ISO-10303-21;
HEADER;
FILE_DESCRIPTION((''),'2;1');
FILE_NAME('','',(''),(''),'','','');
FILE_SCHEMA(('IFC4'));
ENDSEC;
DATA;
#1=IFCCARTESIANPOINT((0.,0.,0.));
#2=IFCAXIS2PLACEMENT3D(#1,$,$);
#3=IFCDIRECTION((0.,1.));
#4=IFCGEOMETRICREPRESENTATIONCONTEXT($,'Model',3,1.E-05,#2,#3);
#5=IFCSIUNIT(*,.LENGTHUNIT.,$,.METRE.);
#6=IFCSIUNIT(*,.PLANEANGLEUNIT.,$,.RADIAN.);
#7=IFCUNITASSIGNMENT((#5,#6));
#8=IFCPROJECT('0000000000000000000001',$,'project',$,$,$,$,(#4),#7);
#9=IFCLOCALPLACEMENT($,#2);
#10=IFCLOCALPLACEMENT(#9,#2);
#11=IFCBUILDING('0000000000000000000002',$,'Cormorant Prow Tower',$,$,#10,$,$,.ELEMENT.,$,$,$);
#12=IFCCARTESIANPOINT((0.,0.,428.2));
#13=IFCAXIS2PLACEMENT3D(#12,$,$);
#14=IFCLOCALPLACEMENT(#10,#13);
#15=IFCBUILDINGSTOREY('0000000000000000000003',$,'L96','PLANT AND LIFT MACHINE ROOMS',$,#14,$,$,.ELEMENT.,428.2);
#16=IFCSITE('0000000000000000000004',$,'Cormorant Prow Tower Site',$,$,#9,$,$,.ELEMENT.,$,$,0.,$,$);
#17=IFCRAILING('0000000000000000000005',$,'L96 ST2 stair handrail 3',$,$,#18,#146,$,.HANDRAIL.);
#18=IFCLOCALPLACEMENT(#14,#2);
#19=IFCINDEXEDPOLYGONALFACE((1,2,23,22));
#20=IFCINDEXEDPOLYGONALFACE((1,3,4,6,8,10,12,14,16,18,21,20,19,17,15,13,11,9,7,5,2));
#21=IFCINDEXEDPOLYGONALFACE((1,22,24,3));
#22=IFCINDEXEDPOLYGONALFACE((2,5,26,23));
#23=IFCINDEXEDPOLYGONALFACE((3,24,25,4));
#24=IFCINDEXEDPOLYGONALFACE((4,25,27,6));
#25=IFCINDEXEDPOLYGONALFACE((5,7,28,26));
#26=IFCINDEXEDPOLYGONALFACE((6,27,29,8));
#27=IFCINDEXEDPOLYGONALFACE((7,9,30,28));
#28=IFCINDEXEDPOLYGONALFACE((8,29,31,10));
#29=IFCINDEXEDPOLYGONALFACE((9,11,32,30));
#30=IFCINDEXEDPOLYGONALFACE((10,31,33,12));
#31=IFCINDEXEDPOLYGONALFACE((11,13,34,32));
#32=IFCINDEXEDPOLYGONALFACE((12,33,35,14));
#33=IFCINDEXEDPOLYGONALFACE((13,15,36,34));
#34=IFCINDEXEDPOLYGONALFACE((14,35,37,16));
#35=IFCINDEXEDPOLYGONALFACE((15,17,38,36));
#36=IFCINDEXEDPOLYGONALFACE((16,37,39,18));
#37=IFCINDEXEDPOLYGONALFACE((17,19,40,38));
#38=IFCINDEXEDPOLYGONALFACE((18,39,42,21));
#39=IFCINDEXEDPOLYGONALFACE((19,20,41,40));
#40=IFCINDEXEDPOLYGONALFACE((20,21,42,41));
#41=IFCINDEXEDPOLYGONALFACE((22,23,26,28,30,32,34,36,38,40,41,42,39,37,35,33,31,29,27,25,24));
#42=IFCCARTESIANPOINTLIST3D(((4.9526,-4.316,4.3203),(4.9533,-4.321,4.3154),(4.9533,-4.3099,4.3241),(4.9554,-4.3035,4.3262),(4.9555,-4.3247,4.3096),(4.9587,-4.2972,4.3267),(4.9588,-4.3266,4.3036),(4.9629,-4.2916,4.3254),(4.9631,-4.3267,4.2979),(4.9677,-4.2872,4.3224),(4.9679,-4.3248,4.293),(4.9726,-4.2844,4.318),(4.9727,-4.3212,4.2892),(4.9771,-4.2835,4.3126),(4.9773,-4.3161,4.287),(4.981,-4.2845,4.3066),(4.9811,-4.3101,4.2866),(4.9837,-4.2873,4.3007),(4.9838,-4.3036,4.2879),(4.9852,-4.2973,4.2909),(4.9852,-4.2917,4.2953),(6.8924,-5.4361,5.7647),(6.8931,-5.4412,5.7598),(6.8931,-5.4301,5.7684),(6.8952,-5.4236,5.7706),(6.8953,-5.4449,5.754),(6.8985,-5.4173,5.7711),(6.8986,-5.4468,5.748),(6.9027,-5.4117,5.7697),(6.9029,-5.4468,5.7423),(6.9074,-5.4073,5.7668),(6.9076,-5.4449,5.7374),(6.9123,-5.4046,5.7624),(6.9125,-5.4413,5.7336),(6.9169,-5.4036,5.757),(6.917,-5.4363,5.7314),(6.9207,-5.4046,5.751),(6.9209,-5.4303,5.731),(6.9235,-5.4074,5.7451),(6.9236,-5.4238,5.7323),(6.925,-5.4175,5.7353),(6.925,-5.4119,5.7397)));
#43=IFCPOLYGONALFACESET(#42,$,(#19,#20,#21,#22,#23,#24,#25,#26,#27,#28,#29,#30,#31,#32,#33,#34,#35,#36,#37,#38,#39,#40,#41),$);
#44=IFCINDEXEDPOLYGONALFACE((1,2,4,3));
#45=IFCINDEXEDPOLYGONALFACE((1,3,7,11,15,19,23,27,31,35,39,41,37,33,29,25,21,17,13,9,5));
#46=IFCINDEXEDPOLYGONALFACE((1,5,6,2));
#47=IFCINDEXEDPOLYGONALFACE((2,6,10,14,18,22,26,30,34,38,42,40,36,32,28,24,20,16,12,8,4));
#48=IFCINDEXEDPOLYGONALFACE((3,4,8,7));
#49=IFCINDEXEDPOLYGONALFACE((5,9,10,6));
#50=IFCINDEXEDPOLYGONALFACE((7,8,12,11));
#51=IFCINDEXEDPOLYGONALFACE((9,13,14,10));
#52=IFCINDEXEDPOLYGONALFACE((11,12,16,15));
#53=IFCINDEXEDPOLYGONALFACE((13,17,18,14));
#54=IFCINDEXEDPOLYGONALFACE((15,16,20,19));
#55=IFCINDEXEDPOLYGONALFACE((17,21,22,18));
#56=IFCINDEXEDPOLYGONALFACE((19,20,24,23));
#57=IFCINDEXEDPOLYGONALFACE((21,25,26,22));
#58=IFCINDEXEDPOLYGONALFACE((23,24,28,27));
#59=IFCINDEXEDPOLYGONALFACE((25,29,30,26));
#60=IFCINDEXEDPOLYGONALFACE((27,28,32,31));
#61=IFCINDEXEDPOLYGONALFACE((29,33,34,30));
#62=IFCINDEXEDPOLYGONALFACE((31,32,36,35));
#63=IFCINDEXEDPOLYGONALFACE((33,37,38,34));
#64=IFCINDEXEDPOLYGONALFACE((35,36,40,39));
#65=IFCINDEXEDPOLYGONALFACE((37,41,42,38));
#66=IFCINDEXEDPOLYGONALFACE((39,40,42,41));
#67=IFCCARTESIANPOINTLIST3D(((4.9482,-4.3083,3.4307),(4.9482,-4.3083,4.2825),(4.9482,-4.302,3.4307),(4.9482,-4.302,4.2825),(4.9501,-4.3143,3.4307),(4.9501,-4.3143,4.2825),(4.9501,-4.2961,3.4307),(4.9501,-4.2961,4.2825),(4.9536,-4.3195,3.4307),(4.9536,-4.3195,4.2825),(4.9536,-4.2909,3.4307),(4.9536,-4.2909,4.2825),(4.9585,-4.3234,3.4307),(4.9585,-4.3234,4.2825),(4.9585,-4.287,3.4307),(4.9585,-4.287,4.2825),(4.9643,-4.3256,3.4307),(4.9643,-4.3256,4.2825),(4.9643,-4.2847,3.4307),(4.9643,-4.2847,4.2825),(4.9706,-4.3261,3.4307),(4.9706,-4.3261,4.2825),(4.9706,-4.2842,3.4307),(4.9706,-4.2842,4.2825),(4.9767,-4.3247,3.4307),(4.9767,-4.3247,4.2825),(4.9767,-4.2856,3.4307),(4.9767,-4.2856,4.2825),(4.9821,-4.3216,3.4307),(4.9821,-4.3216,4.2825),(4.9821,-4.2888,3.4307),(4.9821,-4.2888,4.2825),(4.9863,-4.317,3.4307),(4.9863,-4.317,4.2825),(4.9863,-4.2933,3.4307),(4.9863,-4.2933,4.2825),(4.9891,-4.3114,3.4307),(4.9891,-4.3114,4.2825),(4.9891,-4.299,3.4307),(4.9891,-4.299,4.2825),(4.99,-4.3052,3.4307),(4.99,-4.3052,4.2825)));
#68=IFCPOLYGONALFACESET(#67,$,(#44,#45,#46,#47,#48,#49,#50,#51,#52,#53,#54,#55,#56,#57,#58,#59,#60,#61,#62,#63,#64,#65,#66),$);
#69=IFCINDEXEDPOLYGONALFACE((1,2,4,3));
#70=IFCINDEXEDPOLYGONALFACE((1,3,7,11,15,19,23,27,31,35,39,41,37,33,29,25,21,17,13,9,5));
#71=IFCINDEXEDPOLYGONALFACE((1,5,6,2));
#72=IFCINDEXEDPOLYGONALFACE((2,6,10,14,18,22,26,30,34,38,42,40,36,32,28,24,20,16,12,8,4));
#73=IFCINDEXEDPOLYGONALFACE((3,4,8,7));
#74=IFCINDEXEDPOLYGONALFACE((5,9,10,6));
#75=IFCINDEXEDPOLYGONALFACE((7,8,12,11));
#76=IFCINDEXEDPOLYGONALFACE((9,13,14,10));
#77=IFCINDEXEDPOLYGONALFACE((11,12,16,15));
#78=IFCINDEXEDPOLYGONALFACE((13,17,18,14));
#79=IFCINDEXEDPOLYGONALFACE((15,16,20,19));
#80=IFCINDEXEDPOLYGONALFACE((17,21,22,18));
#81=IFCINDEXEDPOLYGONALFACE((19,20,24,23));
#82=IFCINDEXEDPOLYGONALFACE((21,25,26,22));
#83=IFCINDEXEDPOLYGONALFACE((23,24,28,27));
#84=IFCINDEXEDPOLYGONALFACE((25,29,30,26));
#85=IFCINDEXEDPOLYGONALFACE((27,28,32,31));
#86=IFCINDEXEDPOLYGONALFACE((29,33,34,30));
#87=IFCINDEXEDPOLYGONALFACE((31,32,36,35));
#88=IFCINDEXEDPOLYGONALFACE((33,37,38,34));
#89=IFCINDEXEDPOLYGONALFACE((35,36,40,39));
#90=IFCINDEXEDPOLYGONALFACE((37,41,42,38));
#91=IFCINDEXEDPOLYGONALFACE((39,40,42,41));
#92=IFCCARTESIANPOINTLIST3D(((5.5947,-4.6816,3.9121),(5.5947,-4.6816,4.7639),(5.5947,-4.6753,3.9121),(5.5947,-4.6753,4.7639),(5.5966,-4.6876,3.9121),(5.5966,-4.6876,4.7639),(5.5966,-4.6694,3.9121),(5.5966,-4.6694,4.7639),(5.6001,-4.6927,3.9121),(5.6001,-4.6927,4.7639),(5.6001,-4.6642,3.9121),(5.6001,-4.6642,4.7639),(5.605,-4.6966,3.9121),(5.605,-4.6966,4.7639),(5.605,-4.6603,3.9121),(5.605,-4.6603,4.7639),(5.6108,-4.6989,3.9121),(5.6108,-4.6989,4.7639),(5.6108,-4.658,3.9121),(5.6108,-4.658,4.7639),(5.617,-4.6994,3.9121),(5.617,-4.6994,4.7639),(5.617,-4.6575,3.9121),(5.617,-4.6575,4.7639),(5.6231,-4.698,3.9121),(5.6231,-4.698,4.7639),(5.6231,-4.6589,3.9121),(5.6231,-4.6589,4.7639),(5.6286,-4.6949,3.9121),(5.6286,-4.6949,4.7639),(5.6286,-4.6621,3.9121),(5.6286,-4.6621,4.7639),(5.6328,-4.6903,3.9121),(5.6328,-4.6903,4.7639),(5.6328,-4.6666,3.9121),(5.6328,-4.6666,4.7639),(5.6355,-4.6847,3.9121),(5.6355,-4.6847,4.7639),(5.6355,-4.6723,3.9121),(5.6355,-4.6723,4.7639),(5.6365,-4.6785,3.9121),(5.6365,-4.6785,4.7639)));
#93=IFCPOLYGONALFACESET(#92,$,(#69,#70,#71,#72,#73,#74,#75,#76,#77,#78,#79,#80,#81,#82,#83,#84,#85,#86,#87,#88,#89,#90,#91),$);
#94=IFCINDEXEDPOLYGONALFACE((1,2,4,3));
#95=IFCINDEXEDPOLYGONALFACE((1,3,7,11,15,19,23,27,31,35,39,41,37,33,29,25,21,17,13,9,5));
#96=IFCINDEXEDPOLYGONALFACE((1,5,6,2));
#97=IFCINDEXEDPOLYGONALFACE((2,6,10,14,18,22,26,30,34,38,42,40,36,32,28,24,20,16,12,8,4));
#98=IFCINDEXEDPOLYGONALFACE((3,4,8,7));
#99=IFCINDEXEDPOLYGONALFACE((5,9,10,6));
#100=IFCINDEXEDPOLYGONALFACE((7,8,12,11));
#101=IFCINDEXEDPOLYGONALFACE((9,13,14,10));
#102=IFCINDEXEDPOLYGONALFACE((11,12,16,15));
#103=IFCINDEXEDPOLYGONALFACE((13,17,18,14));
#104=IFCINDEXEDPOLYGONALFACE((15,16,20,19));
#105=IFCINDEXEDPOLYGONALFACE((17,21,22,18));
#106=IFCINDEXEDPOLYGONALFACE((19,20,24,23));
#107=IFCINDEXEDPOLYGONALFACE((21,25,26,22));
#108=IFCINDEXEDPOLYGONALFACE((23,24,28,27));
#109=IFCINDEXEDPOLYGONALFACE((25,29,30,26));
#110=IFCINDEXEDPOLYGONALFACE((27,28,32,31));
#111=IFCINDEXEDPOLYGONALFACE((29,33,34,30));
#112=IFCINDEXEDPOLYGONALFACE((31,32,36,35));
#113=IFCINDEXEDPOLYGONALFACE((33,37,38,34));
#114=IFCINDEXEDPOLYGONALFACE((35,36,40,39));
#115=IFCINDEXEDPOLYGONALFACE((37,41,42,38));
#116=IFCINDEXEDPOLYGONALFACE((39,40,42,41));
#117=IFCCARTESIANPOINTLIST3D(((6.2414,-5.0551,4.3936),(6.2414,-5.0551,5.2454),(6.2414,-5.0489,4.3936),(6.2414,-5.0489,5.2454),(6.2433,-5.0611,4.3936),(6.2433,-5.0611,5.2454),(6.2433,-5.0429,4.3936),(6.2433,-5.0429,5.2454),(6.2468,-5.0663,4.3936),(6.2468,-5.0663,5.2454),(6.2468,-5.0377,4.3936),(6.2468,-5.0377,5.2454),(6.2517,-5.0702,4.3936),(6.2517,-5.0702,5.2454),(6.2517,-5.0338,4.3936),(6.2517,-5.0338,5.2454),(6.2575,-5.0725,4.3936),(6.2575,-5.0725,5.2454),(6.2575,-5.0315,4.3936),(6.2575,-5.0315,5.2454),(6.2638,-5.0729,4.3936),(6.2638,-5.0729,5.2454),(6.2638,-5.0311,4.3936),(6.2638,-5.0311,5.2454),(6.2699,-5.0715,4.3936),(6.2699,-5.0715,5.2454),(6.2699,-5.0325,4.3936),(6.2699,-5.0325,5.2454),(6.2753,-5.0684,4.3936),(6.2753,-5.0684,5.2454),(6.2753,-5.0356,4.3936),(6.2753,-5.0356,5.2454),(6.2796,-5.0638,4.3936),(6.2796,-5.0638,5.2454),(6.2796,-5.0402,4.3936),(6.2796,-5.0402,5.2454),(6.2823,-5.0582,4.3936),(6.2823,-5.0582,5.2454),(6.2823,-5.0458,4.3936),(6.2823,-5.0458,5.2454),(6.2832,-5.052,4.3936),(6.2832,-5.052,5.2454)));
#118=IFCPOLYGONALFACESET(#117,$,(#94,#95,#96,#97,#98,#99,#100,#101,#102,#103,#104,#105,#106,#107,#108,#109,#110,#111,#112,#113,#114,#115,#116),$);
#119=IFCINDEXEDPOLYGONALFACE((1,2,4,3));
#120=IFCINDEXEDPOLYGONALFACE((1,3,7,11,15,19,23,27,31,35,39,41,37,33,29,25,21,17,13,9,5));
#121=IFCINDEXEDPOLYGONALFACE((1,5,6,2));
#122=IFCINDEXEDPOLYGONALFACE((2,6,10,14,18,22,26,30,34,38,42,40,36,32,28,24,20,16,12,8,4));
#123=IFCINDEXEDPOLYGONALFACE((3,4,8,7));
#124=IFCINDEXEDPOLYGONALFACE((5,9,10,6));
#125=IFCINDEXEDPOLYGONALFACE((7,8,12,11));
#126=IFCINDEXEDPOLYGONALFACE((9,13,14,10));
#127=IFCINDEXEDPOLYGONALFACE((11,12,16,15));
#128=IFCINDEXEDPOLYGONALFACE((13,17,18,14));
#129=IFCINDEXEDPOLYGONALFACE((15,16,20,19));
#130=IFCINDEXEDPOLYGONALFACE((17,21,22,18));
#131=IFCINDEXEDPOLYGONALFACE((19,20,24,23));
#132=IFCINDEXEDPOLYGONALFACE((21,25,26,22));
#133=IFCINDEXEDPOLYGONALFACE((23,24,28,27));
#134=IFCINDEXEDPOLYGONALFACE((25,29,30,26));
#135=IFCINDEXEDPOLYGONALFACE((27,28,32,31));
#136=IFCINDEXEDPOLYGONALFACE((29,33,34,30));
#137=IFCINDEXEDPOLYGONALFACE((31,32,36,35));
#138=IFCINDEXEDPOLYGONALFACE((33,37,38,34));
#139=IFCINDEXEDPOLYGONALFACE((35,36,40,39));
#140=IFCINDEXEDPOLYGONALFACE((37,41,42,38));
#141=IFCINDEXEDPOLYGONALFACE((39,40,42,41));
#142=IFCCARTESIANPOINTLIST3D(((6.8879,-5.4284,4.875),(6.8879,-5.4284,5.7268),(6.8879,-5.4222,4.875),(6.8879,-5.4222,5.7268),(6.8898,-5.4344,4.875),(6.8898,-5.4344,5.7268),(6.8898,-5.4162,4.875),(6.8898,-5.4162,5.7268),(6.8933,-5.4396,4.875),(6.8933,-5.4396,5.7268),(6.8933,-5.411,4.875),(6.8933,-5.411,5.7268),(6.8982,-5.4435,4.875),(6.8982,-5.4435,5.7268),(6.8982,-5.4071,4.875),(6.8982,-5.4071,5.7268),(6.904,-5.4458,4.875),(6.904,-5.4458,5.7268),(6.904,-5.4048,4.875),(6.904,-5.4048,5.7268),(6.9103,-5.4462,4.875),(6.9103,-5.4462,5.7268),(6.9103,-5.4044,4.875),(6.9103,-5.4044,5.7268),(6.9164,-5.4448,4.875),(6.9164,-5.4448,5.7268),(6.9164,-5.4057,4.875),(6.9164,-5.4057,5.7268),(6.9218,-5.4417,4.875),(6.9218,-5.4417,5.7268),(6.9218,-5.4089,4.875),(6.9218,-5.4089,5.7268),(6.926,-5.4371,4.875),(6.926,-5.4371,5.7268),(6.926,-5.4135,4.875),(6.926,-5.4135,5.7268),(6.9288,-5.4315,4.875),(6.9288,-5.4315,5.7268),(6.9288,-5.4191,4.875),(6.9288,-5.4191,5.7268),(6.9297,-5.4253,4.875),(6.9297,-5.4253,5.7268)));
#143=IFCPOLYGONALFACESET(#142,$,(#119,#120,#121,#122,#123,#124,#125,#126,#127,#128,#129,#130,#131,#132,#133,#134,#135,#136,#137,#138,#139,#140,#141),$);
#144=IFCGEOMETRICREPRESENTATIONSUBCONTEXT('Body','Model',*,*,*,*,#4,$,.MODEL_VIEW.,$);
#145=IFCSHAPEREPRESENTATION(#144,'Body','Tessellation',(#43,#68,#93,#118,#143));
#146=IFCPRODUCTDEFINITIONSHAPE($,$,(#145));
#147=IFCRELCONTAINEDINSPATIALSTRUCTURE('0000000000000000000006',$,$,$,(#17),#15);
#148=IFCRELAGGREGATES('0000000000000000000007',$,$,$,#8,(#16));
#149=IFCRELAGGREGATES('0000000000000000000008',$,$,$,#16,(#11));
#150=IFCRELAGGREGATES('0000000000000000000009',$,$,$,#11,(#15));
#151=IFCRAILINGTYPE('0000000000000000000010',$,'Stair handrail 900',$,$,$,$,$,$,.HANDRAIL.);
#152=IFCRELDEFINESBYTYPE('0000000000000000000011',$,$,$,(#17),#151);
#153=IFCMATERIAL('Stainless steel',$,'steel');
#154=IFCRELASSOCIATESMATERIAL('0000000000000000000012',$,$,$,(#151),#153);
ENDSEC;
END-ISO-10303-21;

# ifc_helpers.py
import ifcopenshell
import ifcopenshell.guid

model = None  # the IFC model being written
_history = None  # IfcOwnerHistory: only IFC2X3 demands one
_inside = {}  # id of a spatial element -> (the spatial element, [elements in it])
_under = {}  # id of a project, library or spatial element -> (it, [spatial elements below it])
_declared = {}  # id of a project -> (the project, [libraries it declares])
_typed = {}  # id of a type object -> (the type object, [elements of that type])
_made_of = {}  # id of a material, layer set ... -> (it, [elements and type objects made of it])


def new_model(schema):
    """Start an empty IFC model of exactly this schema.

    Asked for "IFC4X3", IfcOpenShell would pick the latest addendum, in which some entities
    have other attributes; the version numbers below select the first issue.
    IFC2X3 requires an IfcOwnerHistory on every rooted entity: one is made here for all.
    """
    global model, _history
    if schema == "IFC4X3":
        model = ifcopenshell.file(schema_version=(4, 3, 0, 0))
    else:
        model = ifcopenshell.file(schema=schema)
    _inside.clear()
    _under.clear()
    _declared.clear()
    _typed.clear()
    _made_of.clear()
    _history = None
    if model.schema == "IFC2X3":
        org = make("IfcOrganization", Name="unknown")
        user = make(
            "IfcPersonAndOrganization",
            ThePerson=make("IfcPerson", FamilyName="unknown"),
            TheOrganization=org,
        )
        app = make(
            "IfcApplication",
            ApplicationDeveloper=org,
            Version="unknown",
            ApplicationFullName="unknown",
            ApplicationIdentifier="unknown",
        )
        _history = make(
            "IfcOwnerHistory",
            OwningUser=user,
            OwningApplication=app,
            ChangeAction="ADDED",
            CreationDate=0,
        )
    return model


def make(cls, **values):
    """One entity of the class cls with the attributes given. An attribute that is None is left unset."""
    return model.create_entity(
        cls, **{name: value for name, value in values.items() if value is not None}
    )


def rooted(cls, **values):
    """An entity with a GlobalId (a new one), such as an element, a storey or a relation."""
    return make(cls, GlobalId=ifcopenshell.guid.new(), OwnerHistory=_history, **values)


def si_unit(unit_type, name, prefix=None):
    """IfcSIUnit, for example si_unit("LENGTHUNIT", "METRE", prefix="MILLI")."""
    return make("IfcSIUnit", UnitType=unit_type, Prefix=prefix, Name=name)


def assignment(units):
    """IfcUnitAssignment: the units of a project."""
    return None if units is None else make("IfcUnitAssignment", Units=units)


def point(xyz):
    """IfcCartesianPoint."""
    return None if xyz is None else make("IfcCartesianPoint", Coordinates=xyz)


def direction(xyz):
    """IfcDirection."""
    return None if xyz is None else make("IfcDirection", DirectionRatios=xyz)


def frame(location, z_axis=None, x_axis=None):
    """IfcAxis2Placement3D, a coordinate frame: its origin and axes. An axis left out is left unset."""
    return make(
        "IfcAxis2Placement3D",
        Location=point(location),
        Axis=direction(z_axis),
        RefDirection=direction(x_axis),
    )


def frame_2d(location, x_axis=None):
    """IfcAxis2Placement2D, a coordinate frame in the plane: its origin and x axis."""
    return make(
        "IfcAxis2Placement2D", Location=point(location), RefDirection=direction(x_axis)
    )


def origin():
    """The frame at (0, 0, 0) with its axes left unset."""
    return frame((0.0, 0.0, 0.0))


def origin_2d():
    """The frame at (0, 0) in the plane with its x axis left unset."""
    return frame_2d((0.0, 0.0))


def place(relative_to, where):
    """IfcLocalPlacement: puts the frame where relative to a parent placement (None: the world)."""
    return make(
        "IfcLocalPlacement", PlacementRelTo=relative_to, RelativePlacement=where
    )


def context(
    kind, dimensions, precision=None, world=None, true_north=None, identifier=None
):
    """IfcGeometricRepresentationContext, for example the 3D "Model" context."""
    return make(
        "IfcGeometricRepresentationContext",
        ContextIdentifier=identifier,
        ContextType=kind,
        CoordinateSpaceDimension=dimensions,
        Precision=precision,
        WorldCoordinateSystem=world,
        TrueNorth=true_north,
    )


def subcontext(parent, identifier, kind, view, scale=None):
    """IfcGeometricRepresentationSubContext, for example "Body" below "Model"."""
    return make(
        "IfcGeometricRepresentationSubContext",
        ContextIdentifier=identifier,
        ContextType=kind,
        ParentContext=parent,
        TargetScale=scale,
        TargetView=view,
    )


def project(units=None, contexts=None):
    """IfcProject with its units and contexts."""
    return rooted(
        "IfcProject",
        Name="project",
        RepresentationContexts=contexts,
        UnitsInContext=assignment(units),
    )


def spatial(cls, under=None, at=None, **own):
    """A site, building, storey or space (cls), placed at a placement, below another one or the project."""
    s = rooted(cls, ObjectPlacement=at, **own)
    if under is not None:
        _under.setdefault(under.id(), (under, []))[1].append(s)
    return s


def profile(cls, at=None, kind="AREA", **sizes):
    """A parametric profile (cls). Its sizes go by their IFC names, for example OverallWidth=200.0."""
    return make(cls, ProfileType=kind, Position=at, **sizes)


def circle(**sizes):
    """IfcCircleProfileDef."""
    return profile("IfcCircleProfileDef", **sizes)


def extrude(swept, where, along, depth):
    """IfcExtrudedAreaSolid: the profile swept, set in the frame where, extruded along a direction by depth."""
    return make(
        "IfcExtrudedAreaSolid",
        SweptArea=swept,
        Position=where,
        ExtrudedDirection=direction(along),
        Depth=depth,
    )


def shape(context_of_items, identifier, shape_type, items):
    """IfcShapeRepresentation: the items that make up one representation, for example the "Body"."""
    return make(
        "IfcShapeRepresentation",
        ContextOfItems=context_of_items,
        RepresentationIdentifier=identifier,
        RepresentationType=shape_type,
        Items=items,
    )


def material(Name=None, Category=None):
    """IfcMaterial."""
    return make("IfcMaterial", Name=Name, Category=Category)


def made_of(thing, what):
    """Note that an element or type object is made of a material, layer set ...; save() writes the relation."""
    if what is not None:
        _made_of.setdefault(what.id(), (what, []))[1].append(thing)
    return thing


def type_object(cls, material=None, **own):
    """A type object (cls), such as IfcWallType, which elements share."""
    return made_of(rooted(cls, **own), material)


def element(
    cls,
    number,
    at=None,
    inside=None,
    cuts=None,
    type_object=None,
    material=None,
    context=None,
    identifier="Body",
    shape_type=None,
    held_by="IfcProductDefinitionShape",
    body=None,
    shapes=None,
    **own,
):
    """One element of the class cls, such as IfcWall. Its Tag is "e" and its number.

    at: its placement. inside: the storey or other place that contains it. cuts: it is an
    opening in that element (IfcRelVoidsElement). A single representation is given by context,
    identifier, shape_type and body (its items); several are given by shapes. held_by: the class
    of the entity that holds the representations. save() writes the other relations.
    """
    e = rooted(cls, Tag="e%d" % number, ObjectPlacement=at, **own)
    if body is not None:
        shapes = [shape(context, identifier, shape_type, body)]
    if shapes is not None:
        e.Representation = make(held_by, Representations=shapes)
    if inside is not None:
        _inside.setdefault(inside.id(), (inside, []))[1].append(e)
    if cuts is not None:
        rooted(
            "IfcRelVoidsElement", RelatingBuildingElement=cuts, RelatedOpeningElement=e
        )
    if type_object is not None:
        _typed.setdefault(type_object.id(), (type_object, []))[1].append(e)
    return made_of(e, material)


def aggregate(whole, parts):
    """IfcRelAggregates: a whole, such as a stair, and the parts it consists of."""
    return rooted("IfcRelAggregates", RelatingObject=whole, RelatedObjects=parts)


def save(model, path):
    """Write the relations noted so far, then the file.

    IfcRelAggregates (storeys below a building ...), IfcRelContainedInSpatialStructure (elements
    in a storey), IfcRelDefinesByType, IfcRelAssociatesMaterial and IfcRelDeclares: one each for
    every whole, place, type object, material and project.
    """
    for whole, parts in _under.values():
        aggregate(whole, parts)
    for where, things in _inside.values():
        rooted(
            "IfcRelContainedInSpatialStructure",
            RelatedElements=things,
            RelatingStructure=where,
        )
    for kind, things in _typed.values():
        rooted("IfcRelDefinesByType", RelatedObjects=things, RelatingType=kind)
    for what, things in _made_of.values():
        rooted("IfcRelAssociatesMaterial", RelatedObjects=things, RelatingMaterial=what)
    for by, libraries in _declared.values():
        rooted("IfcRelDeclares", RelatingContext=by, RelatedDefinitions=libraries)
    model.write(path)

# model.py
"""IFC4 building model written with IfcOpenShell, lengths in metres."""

from ifc_helpers import new_model, si_unit, direction, frame, origin, origin_2d, place, context, subcontext, project, spatial, circle, extrude, material, type_object, element, save


model = new_model("IFC4")

# Units and contexts
model_context = context("Model", 3, precision=1e-05, world=origin(), true_north=direction((0.0, 1.0)))
body_context = subcontext(model_context, "Body", "Model", "MODEL_VIEW")
ifc_project = project(units=[si_unit("LENGTHUNIT", "METRE"), si_unit("PLANEANGLEUNIT", "RADIAN")], contexts=[model_context])

# Site, building, storey
site_placement = place(None, origin())
site = spatial("IfcSite", under=ifc_project, at=site_placement, Name="Cormorant Prow Tower Site", CompositionType="ELEMENT", RefElevation=0.0)
building_placement = place(site_placement, origin())
building = spatial("IfcBuilding", under=site, at=building_placement, Name="Cormorant Prow Tower", CompositionType="ELEMENT")
storey_placement = place(building_placement, frame((0.0, 0.0, 428.2)))
storey = spatial("IfcBuildingStorey", under=building, at=storey_placement, Name="L96", Description="PLANT AND LIFT MACHINE ROOMS", CompositionType="ELEMENT", Elevation=428.2)

# Railing
ifc_material_1 = material(Name="Stainless steel", Category="steel")
railing_type_1 = type_object("IfcRailingType", Name="Stair handrail 900", PredefinedType="HANDRAIL", material=ifc_material_1)
railing_1_placement = place(storey_placement, frame((4.969, -4.3052, 3.4307)))
element("IfcRailing", 1, at=railing_1_placement, inside=storey, type_object=railing_type_1, Name="L96 ST2 stair handrail 3", PredefinedType="HANDRAIL", context=body_context, shape_type="SweptSolid", body=[
    extrude(circle(Radius=0.0239, at=origin_2d()), frame((0.0, 0.0, 0.876), z_axis=(0.727792, -0.420278, 0.541928), x_axis=(0.500078, 0.86598, 0.0)), (0.0, 0.0, 1.0), 2.6653),
    extrude(circle(Radius=0.021, at=origin_2d()), origin(), (0.0, 0.0, 1.0), 0.8518),
    extrude(circle(Radius=0.021, at=origin_2d()), frame((0.6465, -0.3733, 0.4814)), (0.0, 0.0, 1.0), 0.8518),
    extrude(circle(Radius=0.021, at=origin_2d()), frame((1.2932, -0.7468, 0.9629)), (0.0, 0.0, 1.0), 0.8518),
    extrude(circle(Radius=0.021, at=origin_2d()), frame((1.9397, -1.1201, 1.4443)), (0.0, 0.0, 1.0), 0.8518),
])

save(model, "model.ifc")
